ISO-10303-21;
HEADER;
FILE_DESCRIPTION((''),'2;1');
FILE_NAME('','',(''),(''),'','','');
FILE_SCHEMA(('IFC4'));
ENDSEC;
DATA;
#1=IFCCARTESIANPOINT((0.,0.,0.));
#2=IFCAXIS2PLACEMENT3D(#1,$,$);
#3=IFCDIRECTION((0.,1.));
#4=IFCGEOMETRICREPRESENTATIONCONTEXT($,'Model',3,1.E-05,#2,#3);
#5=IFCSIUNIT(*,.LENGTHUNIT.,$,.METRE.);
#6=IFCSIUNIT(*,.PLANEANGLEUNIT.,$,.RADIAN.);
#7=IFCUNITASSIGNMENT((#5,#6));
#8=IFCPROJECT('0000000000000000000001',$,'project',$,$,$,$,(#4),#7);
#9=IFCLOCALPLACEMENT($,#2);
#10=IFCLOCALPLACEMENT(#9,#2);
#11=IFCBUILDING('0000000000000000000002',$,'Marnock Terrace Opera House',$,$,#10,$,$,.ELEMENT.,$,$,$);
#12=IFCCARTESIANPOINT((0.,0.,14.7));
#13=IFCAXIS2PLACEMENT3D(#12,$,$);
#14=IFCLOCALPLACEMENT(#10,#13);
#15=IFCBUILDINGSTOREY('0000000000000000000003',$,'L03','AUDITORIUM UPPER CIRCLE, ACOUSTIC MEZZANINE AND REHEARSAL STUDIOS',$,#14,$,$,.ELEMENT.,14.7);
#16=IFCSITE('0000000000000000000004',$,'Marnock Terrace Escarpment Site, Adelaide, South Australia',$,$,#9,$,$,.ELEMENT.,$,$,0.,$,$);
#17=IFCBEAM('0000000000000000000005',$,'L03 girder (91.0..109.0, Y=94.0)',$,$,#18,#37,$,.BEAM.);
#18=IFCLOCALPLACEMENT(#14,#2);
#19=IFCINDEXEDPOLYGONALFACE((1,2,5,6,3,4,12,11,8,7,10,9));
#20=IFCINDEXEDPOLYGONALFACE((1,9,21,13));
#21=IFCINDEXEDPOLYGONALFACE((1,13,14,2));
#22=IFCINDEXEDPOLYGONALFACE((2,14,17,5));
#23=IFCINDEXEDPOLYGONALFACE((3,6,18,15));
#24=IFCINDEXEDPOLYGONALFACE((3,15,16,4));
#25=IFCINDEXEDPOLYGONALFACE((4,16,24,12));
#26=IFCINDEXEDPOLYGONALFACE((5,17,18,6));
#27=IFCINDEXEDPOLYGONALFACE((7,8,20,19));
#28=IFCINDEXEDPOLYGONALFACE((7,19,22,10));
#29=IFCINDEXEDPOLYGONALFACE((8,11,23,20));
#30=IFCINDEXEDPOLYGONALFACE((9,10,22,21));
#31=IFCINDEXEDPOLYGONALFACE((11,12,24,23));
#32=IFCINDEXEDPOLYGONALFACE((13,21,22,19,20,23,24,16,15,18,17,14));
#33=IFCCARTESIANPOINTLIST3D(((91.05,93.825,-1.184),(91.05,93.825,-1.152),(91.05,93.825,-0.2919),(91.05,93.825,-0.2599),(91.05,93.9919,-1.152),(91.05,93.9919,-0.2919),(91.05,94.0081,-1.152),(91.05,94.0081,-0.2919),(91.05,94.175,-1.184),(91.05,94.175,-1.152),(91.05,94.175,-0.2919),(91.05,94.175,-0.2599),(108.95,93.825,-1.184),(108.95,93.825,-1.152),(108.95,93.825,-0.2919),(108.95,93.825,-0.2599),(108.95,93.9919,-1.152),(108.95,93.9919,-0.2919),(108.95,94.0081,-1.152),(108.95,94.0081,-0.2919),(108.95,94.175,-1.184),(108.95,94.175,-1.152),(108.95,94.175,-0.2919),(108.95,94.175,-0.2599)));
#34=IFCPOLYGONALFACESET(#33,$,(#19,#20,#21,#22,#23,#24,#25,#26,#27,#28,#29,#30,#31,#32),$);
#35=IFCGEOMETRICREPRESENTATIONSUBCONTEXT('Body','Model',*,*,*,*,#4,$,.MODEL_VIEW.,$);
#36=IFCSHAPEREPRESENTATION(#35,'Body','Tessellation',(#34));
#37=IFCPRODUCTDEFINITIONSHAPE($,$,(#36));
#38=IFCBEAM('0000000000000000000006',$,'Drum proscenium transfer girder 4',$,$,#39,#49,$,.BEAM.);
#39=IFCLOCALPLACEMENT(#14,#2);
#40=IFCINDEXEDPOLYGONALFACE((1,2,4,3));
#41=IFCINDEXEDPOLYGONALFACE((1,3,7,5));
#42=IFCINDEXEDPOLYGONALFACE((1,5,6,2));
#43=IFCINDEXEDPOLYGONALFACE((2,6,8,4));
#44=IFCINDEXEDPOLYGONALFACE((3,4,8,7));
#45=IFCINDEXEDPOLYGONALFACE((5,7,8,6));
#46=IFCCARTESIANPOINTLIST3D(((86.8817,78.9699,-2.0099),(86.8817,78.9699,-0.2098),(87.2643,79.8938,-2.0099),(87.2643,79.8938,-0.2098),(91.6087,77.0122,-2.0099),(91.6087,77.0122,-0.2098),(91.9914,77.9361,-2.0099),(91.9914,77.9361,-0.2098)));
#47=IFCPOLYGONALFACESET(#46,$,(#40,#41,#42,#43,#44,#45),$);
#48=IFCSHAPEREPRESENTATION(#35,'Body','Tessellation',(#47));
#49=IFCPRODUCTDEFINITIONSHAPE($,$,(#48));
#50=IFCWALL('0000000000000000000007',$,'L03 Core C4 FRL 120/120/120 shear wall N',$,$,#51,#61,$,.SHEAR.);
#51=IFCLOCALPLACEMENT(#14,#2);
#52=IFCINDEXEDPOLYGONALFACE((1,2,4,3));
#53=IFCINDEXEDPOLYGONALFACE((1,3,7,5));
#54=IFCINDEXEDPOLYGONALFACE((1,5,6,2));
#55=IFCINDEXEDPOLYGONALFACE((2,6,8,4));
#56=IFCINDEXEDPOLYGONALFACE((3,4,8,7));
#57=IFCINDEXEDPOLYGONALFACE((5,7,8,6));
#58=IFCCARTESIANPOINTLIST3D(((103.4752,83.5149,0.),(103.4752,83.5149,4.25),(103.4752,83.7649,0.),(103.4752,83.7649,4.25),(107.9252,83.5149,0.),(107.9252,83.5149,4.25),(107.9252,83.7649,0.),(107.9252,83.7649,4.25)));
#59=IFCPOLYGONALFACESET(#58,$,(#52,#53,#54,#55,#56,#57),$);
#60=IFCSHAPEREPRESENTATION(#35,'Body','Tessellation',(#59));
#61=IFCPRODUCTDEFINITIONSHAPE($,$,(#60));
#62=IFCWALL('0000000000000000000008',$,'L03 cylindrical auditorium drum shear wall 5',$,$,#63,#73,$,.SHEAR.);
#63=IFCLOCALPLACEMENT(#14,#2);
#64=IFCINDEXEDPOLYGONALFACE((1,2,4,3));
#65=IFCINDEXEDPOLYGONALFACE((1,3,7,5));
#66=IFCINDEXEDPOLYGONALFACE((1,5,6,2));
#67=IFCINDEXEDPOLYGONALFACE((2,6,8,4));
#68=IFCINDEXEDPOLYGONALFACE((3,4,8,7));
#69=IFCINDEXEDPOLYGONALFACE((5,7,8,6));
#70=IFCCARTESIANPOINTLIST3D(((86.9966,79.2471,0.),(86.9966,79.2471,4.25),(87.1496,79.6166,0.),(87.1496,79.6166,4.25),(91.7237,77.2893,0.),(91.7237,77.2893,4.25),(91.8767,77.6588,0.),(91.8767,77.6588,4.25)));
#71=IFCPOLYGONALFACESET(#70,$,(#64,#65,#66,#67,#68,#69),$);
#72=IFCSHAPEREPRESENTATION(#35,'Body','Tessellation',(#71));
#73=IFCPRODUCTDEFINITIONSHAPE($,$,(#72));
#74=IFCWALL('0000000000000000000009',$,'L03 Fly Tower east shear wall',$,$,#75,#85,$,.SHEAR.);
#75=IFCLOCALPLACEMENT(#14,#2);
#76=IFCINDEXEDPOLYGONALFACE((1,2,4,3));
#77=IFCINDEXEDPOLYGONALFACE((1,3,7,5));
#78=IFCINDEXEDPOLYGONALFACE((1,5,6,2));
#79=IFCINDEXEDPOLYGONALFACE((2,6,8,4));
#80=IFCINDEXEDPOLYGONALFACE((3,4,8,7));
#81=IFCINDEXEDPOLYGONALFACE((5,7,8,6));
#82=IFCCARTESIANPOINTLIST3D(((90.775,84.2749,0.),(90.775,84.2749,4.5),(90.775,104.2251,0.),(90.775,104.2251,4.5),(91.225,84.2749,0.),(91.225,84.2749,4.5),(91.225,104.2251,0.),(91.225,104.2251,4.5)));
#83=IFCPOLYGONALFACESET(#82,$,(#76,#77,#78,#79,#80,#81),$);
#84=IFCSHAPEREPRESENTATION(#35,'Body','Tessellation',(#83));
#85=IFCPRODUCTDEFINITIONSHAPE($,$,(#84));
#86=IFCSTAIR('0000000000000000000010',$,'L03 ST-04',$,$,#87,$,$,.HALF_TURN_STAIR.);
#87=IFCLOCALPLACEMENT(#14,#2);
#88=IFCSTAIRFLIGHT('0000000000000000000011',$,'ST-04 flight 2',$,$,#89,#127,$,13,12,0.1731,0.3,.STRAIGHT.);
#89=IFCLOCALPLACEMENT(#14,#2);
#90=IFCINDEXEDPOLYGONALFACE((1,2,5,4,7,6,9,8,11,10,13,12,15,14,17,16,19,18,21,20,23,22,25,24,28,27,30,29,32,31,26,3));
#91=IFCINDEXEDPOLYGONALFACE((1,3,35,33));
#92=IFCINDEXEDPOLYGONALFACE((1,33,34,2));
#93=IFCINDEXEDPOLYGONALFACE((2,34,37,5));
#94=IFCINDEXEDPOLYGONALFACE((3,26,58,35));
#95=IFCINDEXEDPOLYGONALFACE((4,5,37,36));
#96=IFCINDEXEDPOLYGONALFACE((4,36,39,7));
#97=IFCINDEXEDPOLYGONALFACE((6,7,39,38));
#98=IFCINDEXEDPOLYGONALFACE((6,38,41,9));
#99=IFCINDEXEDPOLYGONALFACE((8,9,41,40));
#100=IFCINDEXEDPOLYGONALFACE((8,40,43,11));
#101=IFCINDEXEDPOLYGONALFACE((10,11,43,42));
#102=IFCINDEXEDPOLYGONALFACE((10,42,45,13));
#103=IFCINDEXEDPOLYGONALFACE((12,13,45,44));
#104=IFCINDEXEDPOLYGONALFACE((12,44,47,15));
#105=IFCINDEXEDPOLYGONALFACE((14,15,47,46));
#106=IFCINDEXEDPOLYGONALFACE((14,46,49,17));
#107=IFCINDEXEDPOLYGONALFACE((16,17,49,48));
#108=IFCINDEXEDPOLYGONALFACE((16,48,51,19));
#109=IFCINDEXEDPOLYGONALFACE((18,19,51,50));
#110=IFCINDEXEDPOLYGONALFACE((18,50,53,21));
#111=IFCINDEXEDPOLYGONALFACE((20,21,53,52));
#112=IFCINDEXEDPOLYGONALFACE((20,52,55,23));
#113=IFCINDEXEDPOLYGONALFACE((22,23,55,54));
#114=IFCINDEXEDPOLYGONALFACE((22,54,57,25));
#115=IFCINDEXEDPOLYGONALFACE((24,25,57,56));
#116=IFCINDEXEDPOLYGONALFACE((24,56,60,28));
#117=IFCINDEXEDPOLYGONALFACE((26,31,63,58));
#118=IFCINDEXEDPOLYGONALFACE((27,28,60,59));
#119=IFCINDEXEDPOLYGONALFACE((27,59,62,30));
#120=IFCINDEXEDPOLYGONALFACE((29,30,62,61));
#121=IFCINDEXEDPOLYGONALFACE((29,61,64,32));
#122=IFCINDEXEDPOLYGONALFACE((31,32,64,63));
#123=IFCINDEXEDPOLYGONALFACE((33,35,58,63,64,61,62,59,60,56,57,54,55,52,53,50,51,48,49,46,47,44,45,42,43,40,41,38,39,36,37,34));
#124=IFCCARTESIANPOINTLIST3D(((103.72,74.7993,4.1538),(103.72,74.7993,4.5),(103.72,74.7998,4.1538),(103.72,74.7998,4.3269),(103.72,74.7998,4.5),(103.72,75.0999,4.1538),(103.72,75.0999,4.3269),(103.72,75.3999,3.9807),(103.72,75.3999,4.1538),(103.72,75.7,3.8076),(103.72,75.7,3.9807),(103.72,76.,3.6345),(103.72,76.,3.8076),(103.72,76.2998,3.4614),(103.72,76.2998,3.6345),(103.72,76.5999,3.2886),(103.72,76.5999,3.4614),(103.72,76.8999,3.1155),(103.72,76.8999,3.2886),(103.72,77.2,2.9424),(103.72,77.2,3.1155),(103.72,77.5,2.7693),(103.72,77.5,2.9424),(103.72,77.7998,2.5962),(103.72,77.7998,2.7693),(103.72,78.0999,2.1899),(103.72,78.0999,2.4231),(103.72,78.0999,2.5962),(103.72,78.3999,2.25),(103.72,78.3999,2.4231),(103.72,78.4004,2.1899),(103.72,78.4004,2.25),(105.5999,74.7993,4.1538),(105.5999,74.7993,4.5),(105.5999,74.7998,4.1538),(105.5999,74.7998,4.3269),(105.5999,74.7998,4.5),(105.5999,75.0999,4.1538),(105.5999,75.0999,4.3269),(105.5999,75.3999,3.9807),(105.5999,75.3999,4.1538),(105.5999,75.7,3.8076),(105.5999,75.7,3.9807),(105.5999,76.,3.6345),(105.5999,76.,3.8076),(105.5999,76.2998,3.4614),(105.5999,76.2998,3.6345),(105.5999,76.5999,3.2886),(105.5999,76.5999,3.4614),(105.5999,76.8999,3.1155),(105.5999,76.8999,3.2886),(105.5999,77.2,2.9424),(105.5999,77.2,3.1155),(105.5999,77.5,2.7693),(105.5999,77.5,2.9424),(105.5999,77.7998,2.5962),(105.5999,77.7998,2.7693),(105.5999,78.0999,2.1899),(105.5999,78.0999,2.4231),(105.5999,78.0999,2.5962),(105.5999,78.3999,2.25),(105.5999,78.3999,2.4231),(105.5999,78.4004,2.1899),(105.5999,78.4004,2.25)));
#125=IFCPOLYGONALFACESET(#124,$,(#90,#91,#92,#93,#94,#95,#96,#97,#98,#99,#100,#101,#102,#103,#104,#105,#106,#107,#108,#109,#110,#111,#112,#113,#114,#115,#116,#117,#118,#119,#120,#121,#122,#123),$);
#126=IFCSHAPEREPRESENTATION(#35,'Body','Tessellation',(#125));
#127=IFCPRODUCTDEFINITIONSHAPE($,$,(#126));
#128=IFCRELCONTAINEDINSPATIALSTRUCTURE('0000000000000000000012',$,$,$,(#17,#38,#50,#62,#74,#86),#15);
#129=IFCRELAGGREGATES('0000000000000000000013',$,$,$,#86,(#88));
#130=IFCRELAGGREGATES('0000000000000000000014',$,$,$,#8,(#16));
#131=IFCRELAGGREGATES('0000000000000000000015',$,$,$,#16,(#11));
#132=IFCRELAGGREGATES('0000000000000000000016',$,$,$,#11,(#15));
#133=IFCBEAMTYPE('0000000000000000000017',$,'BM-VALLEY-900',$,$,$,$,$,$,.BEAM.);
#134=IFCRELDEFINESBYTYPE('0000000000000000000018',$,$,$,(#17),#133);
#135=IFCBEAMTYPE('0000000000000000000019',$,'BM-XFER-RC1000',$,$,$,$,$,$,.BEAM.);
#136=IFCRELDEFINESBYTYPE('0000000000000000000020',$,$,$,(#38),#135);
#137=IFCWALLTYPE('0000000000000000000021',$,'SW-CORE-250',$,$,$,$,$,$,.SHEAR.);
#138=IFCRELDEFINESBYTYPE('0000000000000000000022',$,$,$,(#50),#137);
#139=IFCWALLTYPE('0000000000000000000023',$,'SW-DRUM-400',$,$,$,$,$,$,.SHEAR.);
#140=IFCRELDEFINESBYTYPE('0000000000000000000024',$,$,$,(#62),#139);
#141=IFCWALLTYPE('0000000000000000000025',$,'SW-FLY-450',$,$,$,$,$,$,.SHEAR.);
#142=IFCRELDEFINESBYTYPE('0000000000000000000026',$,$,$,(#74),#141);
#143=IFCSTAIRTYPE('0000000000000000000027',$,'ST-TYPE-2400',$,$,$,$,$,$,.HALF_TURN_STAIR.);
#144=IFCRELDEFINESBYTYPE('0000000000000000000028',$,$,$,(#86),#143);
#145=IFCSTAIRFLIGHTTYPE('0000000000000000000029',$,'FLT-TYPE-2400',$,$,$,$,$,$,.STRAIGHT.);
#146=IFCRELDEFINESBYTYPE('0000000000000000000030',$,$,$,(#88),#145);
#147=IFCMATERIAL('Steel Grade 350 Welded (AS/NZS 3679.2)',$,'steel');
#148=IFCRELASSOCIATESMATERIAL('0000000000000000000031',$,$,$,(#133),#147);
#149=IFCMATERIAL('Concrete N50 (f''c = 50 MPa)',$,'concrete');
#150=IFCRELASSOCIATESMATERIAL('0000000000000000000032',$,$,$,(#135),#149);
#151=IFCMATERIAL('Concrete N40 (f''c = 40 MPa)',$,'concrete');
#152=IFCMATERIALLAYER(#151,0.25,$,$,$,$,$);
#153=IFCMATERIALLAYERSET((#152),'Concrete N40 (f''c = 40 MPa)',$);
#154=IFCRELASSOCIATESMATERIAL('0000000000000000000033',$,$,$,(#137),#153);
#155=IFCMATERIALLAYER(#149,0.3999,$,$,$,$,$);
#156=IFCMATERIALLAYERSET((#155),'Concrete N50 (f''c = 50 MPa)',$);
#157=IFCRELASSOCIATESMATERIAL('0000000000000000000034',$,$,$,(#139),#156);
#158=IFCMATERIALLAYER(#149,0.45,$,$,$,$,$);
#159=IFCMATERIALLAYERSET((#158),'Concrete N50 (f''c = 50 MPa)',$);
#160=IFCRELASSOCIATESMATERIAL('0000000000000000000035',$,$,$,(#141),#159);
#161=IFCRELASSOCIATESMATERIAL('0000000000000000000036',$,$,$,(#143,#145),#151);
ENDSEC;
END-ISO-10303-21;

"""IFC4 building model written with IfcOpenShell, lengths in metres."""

from ifc_helpers import new_model, si_unit, direction, frame, frame_2d, origin, origin_2d, place, context, subcontext, project, spatial, polyline, rectangle, i_section, outline, extrude, material, layer, layer_set, material_profile, profile_set, type_object, element, aggregate, save


model = new_model("IFC4")

# Units and contexts
model_context = context("Model", 3, precision=1e-05, world=origin(), true_north=direction((0.0, 1.0)))
body_context = subcontext(model_context, "Body", "Model", "MODEL_VIEW")
ifc_project = project(units=[si_unit("LENGTHUNIT", "METRE"), si_unit("PLANEANGLEUNIT", "RADIAN")], contexts=[model_context])

# Site, building, storey
site_placement = place(None, origin())
site = spatial("IfcSite", under=ifc_project, at=site_placement, Name="Marnock Terrace Escarpment Site, Adelaide, South Australia", CompositionType="ELEMENT", RefElevation=0.0)
building_placement = place(site_placement, origin())
building = spatial("IfcBuilding", under=site, at=building_placement, Name="Marnock Terrace Opera House", CompositionType="ELEMENT")
storey_placement = place(building_placement, frame((0.0, 0.0, 14.7)))
storey = spatial("IfcBuildingStorey", under=building, at=storey_placement, Name="L03", Description="AUDITORIUM UPPER CIRCLE, ACOUSTIC MEZZANINE AND REHEARSAL STUDIOS", CompositionType="ELEMENT", Elevation=14.7)

# Shared definitions
ifc_material_1 = material(Name="Concrete N50 (f'c = 50 MPa)", Category="concrete")
ifc_material_2 = material(Name="Concrete N40 (f'c = 40 MPa)", Category="concrete")

# Beams
ifc_material_3 = material(Name="Steel Grade 350 Welded (AS/NZS 3679.2)", Category="steel")
ifc_material_profile_1 = material_profile(ifc_material_3, i_section(OverallWidth=0.3501, OverallDepth=0.9241, WebThickness=0.0161, FlangeThickness=0.032, at=origin_2d()))
ifc_profile_set_1 = profile_set([ifc_material_profile_1], Name="Steel Grade 350 Welded (AS/NZS 3679.2)")
beam_type_1 = type_object("IfcBeamType", Name="BM-VALLEY-900", PredefinedType="BEAM", material=ifc_profile_set_1)
beam_1_placement = place(storey_placement, frame((91.05, 94.0, -0.7219), z_axis=(1.0, 0.0, 0.0), x_axis=(0.0, 1.0, 0.0)))
element("IfcBeam", 1, at=beam_1_placement, inside=storey, type_object=beam_type_1, Name="L03 girder (91.0..109.0, Y=94.0)", PredefinedType="BEAM", context=body_context, shape_type="SweptSolid", body=[
    extrude(i_section(OverallWidth=0.3501, OverallDepth=0.9241, WebThickness=0.0161, FlangeThickness=0.032, at=origin_2d()), origin(), (0.0, 0.0, 1.0), 17.8999),
])
ifc_material_profile_2 = material_profile(ifc_material_1, rectangle(XDim=1.0, YDim=1.8, at=origin_2d()))
ifc_profile_set_2 = profile_set([ifc_material_profile_2], Name="Concrete N50 (f'c = 50 MPa)")
beam_type_2 = type_object("IfcBeamType", Name="BM-XFER-RC1000", PredefinedType="BEAM", material=ifc_profile_set_2)
beam_2_placement = place(storey_placement, frame((91.8, 77.4741, -1.1099), z_axis=(-0.923896, 0.382643, 0.0), x_axis=(-0.382643, -0.923896, 0.0)))
element("IfcBeam", 2, at=beam_2_placement, inside=storey, type_object=beam_type_2, Name="Drum proscenium transfer girder 4", PredefinedType="BEAM", context=body_context, shape_type="SweptSolid", body=[
    extrude(rectangle(XDim=1.0, YDim=1.8, at=origin_2d()), origin(), (0.0, 0.0, 1.0), 5.1165),
])

# Walls
ifc_layer_1 = layer(ifc_material_2, 0.25)
ifc_layer_set_1 = layer_set([ifc_layer_1], Name="Concrete N40 (f'c = 40 MPa)")
wall_type_1 = type_object("IfcWallType", Name="SW-CORE-250", PredefinedType="SHEAR", material=ifc_layer_set_1)
wall_1_placement = place(storey_placement, frame((103.4751, 83.6399, 0.0), z_axis=(0.0, 0.0, 1.0), x_axis=(1.0, 0.0, 0.0)))
element("IfcWall", 3, at=wall_1_placement, inside=storey, type_object=wall_type_1, Name="L03 Core C4 FRL 120/120/120 shear wall N", PredefinedType="SHEAR", context=body_context, shape_type="SweptSolid", body=[
    extrude(rectangle(XDim=4.45, YDim=0.25, at=frame_2d((2.2251, 0.0))), origin(), (0.0, 0.0, 1.0), 4.25),
])
ifc_layer_2 = layer(ifc_material_1, 0.3999)
ifc_layer_set_2 = layer_set([ifc_layer_2], Name="Concrete N50 (f'c = 50 MPa)")
wall_type_2 = type_object("IfcWallType", Name="SW-DRUM-400", PredefinedType="SHEAR", material=ifc_layer_set_2)
wall_2_placement = place(storey_placement, frame((91.8, 77.4741, 0.0), z_axis=(0.0, 0.0, 1.0), x_axis=(-0.923896, 0.382643, 0.0)))
element("IfcWall", 4, at=wall_2_placement, inside=storey, type_object=wall_type_2, Name="L03 cylindrical auditorium drum shear wall 5", PredefinedType="SHEAR", context=body_context, shape_type="SweptSolid", body=[
    extrude(rectangle(XDim=5.1165, YDim=0.3999, at=frame_2d((2.5581, 0.0))), origin(), (0.0, 0.0, 1.0), 4.25),
])
ifc_layer_3 = layer(ifc_material_1, 0.45)
ifc_layer_set_3 = layer_set([ifc_layer_3], Name="Concrete N50 (f'c = 50 MPa)")
wall_type_3 = type_object("IfcWallType", Name="SW-FLY-450", PredefinedType="SHEAR", material=ifc_layer_set_3)
wall_3_placement = place(storey_placement, frame((91.0, 84.2749, 0.0), z_axis=(0.0, 0.0, 1.0), x_axis=(0.0, 1.0, 0.0)))
element("IfcWall", 5, at=wall_3_placement, inside=storey, type_object=wall_type_3, Name="L03 Fly Tower east shear wall", PredefinedType="SHEAR", context=body_context, shape_type="SweptSolid", body=[
    extrude(rectangle(XDim=19.9502, YDim=0.45, at=frame_2d((9.9751, 0.0))), origin(), (0.0, 0.0, 1.0), 4.5),
])

# Stair, stair flight
stair_type = type_object("IfcStairType", Name="ST-TYPE-2400", PredefinedType="HALF_TURN_STAIR", material=ifc_material_2)
stair_placement = place(storey_placement, origin())
stair = element("IfcStair", 6, at=stair_placement, inside=storey, type_object=stair_type, Name="L03 ST-04", PredefinedType="HALF_TURN_STAIR")
stair_flight_type = type_object("IfcStairFlightType", Name="FLT-TYPE-2400", PredefinedType="STRAIGHT", material=ifc_material_2)
stair_flight_placement = place(storey_placement, frame((104.6599, 78.3999, 2.25), z_axis=(0.0, 0.0, 1.0), x_axis=(0.0, -1.0, 0.0)))
stair_flight = element("IfcStairFlight", 7, at=stair_flight_placement, type_object=stair_flight_type, Name="ST-04 flight 2", NumberOfRisers=13, NumberOfTreads=12, PredefinedType="STRAIGHT", RiserHeight=0.1731, TreadLength=0.3, context=body_context, shape_type="SweptSolid", body=[
    extrude(outline(polyline([(-0.0005, -0.0601), (-0.0005, 0.0), (0.0, 0.0), (0.0, 0.1731), (0.3, 0.1731), (0.3, 0.3462), (0.6001, 0.3462), (0.6001, 0.5193), (0.8999, 0.5193), (0.8999, 0.6924), (1.2, 0.6924), (1.2, 0.8655), (1.5, 0.8655), (1.5, 1.0386), (1.8, 1.0386), (1.8, 1.2114), (2.1001, 1.2114), (2.1001, 1.3845), (2.3999, 1.3845), (2.3999, 1.5576), (2.7, 1.5576), (2.7, 1.7307), (3.0, 1.7307), (3.0, 1.9038), (3.3, 1.9038), (3.3, 2.0769), (3.6001, 2.0769), (3.6001, 2.25), (3.6006, 2.25), (3.6006, 1.9038), (3.6001, 1.9038), (0.3, -0.0601), (-0.0005, -0.0601)])), frame((0.0, 0.9399, 0.0), z_axis=(0.0, -1.0, 0.0), x_axis=(1.0, 0.0, 0.0)), (0.0, 0.0, 1.0), 1.8799),
])
aggregate(stair, [stair_flight])

save(model, "model.ifc")
